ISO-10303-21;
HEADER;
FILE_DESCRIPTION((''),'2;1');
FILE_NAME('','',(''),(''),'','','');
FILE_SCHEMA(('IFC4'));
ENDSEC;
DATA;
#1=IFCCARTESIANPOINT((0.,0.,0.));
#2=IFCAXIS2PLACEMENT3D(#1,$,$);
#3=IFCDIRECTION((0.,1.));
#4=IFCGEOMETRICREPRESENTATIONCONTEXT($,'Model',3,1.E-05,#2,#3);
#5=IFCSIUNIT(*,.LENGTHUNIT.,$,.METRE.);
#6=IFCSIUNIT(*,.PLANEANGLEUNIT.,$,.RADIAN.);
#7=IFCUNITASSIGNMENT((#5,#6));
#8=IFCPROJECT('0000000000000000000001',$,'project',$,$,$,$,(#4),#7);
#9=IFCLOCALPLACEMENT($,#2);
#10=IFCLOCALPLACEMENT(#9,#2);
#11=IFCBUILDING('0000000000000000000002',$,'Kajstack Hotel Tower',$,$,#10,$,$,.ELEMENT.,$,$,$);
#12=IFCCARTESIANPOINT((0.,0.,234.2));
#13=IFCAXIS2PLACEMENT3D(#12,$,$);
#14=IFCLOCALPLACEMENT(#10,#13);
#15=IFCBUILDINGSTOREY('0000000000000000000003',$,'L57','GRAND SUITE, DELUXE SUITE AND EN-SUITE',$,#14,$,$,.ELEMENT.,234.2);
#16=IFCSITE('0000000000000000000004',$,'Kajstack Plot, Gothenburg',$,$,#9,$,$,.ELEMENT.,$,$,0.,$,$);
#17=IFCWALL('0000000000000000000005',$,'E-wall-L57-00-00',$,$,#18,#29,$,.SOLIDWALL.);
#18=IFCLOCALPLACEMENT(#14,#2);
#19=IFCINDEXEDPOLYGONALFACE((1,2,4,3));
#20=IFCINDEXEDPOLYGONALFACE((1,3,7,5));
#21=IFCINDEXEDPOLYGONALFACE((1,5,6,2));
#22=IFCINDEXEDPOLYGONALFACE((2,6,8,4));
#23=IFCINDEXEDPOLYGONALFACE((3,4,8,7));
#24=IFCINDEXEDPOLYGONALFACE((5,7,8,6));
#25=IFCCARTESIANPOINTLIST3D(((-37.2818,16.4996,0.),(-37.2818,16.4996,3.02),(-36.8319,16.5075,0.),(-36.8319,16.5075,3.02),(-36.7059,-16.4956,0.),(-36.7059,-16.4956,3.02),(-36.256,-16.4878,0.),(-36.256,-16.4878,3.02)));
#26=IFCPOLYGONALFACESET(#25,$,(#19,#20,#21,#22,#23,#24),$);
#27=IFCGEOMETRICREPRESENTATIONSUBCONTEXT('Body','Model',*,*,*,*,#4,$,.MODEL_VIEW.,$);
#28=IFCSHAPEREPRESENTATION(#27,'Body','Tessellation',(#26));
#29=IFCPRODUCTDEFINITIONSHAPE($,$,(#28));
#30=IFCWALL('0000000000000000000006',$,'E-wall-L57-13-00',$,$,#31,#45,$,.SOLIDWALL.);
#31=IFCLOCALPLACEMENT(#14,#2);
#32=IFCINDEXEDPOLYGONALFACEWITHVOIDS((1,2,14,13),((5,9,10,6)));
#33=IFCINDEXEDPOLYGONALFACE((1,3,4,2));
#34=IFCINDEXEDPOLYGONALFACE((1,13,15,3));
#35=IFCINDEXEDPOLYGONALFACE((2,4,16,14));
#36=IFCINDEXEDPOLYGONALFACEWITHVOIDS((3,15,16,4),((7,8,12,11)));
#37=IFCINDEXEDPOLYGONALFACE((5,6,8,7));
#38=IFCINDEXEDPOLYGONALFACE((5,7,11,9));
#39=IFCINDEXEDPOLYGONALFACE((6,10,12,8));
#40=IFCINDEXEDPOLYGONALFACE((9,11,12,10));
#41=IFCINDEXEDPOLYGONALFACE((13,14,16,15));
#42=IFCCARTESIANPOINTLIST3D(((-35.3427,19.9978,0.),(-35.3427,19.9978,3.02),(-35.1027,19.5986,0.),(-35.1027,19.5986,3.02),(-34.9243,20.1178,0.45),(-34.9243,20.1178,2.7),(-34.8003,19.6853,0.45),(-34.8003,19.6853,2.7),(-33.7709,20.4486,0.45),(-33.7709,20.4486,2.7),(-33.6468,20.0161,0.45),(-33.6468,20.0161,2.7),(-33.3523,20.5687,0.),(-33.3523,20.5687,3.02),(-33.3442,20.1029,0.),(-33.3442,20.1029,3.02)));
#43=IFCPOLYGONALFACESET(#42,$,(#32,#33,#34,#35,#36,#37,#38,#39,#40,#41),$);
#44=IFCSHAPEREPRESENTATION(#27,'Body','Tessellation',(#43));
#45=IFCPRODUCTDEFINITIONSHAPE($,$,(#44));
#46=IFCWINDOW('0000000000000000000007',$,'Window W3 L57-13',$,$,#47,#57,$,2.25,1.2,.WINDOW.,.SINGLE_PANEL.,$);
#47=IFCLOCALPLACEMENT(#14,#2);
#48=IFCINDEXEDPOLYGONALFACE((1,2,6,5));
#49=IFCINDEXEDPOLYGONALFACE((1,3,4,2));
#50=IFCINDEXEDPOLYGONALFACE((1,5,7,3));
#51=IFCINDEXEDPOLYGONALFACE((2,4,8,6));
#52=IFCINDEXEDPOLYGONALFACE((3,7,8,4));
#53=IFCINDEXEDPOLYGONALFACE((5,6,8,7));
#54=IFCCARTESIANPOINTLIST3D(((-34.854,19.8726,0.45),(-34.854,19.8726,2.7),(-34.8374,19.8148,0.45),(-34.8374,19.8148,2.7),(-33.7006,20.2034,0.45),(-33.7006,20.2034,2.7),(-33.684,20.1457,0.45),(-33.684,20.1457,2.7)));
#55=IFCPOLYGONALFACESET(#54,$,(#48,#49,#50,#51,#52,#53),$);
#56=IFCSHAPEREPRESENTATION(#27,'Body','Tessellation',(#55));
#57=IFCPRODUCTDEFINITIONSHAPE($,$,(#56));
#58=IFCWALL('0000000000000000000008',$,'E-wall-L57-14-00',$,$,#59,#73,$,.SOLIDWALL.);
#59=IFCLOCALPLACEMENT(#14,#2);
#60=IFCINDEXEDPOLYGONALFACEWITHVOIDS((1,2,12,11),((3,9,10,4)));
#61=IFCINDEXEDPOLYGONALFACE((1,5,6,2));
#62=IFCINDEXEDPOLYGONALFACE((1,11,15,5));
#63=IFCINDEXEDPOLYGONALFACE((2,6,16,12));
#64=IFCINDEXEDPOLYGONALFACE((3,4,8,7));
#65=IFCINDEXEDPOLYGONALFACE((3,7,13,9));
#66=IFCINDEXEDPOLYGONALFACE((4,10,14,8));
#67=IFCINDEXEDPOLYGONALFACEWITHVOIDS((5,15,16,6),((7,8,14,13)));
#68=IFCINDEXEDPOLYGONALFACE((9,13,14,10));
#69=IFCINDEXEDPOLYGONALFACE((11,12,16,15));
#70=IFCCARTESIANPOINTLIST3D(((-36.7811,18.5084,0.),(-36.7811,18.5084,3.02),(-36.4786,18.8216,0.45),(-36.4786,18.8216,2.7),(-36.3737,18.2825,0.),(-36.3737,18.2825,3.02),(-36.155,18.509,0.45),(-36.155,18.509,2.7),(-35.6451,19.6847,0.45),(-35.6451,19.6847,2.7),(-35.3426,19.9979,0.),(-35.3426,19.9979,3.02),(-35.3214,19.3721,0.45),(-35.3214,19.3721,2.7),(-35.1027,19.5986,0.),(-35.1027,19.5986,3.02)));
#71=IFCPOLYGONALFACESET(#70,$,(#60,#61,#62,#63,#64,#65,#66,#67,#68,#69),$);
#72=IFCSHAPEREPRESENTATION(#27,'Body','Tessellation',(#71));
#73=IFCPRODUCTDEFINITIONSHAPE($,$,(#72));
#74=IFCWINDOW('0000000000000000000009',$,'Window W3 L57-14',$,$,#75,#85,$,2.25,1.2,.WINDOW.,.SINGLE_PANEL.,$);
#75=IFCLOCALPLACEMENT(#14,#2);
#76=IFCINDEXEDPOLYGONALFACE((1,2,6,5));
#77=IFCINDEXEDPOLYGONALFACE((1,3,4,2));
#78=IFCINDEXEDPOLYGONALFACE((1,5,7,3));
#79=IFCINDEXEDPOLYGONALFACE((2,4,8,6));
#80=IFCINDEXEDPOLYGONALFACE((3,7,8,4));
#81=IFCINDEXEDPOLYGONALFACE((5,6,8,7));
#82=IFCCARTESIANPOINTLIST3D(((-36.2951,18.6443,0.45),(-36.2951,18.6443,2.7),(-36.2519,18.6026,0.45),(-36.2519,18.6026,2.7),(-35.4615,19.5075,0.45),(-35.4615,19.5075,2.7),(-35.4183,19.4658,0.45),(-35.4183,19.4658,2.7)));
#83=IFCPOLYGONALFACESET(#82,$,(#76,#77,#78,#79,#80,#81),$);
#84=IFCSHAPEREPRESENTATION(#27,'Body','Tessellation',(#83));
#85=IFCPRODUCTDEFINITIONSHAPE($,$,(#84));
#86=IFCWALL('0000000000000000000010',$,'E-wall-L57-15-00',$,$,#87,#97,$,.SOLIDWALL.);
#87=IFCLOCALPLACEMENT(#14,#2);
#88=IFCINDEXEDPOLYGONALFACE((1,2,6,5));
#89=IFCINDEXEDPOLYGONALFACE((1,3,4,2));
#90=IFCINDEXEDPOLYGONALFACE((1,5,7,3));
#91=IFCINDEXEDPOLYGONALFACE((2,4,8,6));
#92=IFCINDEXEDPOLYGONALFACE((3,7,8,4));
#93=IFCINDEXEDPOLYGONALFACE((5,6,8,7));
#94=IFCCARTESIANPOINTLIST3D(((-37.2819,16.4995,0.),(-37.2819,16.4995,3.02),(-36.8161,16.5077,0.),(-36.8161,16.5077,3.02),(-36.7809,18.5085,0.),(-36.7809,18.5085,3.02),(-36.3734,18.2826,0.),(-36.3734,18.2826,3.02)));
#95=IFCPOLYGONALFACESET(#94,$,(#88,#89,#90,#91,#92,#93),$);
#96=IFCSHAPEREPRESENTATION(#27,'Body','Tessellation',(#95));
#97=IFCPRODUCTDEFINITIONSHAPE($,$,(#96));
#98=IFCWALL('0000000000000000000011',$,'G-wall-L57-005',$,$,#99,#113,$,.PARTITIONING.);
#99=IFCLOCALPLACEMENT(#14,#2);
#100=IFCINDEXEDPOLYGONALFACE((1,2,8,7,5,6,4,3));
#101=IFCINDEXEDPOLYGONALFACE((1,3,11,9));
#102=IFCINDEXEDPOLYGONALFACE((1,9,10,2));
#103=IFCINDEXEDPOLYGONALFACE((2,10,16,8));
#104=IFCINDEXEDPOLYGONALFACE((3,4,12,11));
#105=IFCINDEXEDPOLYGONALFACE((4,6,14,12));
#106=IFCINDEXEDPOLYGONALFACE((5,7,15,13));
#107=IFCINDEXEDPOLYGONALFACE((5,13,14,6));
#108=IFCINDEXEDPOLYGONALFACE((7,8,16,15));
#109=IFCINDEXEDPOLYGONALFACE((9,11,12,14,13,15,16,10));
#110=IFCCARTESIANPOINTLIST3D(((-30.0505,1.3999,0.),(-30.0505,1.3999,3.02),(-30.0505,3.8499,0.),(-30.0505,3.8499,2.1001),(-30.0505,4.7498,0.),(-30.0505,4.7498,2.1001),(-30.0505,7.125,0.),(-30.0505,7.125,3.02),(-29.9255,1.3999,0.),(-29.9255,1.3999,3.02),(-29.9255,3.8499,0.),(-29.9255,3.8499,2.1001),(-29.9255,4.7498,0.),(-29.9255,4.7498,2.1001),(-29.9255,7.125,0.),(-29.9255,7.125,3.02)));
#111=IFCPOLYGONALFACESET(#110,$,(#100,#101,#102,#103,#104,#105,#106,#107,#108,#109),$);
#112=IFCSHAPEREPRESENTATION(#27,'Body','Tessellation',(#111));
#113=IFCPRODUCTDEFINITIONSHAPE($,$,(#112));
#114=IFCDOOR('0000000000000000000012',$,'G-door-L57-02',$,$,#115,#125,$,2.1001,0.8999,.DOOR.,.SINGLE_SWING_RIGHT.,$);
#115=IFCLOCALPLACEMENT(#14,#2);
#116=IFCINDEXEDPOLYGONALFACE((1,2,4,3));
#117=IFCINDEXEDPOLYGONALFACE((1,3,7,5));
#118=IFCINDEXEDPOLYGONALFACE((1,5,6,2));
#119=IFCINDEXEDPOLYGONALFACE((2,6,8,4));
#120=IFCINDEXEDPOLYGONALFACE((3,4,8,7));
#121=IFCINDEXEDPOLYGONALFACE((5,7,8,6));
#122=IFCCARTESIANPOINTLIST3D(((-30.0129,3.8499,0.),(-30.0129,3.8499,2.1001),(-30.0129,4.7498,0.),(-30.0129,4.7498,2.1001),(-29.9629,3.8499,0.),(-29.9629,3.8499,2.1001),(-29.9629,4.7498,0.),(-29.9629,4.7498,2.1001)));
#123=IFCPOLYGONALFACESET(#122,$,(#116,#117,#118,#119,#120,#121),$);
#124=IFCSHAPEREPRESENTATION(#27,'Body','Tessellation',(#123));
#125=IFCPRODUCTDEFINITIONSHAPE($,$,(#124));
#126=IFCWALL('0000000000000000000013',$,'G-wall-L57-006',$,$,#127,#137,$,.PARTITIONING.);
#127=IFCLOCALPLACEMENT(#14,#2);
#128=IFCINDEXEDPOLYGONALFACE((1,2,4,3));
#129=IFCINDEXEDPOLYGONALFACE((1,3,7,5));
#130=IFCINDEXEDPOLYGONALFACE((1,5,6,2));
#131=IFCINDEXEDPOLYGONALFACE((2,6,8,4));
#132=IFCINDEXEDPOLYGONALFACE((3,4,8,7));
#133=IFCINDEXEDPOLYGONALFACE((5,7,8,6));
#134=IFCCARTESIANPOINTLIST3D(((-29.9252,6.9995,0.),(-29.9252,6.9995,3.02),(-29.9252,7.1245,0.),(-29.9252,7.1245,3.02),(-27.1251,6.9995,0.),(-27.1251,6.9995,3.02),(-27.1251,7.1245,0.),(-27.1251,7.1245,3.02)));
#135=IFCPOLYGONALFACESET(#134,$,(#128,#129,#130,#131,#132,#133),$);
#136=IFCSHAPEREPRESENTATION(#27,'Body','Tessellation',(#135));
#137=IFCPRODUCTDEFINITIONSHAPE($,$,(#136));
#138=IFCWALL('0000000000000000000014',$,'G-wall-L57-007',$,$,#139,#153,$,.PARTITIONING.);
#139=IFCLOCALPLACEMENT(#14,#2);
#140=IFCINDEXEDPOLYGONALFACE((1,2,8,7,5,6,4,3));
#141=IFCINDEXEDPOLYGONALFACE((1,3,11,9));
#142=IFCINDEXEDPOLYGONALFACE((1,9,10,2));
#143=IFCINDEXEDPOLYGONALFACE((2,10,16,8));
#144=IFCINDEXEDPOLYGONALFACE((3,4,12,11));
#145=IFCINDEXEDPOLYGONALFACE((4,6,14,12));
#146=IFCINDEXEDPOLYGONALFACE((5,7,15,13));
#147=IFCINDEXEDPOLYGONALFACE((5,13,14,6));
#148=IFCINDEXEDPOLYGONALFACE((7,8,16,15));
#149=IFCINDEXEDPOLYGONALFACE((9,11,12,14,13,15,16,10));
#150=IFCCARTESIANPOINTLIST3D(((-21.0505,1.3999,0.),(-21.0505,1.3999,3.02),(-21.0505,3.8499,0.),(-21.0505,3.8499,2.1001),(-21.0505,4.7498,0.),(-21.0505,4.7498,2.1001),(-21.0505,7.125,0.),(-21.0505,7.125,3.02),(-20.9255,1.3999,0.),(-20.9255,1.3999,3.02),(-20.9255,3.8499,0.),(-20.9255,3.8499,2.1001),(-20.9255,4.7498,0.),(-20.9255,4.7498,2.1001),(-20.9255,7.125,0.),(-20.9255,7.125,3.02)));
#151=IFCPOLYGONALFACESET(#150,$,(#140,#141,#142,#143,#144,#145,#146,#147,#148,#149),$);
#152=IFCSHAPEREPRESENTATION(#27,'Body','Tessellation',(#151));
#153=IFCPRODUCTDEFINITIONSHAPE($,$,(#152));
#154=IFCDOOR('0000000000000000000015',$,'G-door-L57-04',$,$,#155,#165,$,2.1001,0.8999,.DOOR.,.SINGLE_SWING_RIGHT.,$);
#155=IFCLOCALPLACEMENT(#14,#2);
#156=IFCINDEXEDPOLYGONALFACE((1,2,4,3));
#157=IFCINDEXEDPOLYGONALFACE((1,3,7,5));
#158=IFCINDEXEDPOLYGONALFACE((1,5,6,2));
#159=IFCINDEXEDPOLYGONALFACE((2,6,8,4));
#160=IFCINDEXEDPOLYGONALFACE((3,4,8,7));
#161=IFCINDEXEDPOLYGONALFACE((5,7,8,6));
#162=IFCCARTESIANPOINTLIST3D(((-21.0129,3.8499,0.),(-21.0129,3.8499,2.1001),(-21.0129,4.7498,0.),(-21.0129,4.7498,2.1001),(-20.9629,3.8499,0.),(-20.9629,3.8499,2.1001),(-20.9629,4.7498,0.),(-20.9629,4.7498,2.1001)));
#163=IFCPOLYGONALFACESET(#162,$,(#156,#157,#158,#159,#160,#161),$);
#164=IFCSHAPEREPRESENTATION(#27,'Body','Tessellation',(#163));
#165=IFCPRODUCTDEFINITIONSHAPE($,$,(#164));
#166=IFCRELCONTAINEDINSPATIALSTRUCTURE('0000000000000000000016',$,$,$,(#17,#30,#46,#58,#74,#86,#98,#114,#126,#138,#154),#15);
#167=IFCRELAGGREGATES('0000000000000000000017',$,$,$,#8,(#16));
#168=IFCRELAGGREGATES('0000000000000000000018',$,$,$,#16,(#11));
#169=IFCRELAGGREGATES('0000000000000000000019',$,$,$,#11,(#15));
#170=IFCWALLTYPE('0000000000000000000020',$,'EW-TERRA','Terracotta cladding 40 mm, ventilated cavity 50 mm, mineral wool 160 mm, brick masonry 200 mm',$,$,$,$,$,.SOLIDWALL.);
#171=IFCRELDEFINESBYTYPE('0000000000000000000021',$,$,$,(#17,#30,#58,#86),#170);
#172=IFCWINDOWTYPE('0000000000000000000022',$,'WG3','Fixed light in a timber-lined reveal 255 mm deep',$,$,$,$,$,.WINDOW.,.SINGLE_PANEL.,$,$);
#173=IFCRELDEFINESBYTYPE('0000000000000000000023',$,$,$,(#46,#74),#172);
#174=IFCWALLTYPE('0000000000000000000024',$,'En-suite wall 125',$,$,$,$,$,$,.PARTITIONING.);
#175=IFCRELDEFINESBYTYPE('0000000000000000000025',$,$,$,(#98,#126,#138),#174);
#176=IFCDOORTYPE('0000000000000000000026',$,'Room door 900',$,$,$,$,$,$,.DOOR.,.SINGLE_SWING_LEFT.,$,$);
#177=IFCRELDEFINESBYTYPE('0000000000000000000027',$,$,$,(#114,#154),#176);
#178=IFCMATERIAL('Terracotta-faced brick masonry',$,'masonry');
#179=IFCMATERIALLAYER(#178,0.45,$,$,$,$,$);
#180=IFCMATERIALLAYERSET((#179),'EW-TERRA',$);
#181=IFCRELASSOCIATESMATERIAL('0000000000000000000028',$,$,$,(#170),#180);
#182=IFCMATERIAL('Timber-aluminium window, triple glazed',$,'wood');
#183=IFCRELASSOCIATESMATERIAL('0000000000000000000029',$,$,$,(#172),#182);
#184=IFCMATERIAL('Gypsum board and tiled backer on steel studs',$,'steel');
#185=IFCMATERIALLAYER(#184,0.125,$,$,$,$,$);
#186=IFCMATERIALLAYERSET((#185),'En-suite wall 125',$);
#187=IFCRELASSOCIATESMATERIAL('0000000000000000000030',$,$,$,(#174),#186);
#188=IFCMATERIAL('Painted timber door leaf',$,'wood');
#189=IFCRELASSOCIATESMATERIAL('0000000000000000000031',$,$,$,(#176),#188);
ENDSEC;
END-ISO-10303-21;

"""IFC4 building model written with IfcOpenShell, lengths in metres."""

from ifc_helpers import new_model, si_unit, direction, frame, frame_2d, origin, place, context, subcontext, project, spatial, polyline, rectangle, outline, extrude, material, layer, layer_set, type_object, element, fill, save


model = new_model("IFC4")

# Units and contexts
model_context = context("Model", 3, precision=1e-05, world=origin(), true_north=direction((0.0, 1.0)))
body_context = subcontext(model_context, "Body", "Model", "MODEL_VIEW")
ifc_project = project(units=[si_unit("LENGTHUNIT", "METRE"), si_unit("PLANEANGLEUNIT", "RADIAN")], contexts=[model_context])

# Site, building, storey
site_placement = place(None, origin())
site = spatial("IfcSite", under=ifc_project, at=site_placement, Name="Kajstack Plot, Gothenburg", CompositionType="ELEMENT", RefElevation=0.0)
building_placement = place(site_placement, origin())
building = spatial("IfcBuilding", under=site, at=building_placement, Name="Kajstack Hotel Tower", CompositionType="ELEMENT")
storey_placement = place(building_placement, frame((0.0, 0.0, 234.2)))
storey = spatial("IfcBuildingStorey", under=building, at=storey_placement, Name="L57", Description="GRAND SUITE, DELUXE SUITE AND EN-SUITE", CompositionType="ELEMENT", Elevation=234.2)

# Wall
ifc_material_1 = material(Name="Terracotta-faced brick masonry", Category="masonry")
ifc_layer_1 = layer(ifc_material_1, 0.45)
ifc_layer_set_1 = layer_set([ifc_layer_1], Name="EW-TERRA")
wall_type_1 = type_object("IfcWallType", Name="EW-TERRA", Description="Terracotta cladding 40 mm, ventilated cavity 50 mm, mineral wool 160 mm, brick masonry 200 mm", PredefinedType="SOLIDWALL", material=ifc_layer_set_1)
wall_1_placement = place(storey_placement, frame((-37.0569, 16.5034, 0.0), z_axis=(0.0, 0.0, 1.0), x_axis=(0.017452, -0.999848, 0.0)))
element("IfcWall", 1, at=wall_1_placement, inside=storey, type_object=wall_type_1, Name="E-wall-L57-00-00", PredefinedType="SOLIDWALL", context=body_context, shape_type="SweptSolid", body=[
    extrude(rectangle(XDim=33.0002, YDim=0.45, at=frame_2d((16.5, 0.0))), origin(), (0.0, 0.0, 1.0), 3.02),
])

# Walls, openings, windows
wall_2_placement = place(storey_placement, frame((-33.2903, 20.3523, 0.0), z_axis=(0.0, 0.0, 1.0), x_axis=(-0.961248, -0.275687, 0.0)))
wall_2 = element("IfcWall", 2, at=wall_2_placement, inside=storey, type_object=wall_type_1, Name="E-wall-L57-13-00", PredefinedType="SOLIDWALL", context=body_context, shape_type="SweptSolid", body=[
    extrude(outline(polyline([(0.0, -0.2251), (2.0706, -0.2251), (1.95, 0.2249), (0.1206, 0.2249), (0.0, -0.2251)])), origin(), (0.0, 0.0, 1.0), 3.02),
])
opening_1_placement = place(wall_2_placement, frame((0.4353, 0.0, 0.45)))
opening_1 = element("IfcOpeningElement", 3, at=opening_1_placement, cuts=wall_2, PredefinedType="OPENING", context=body_context, shape_type="SweptSolid", body=[
    extrude(rectangle(XDim=1.2, YDim=2.25, at=frame_2d((0.6001, 1.125))), frame((0.0, 0.2349, 0.0), z_axis=(0.0, -1.0, 0.0), x_axis=(1.0, 0.0, 0.0)), (0.0, 0.0, 1.0), 0.47),
])
ifc_material_2 = material(Name="Timber-aluminium window, triple glazed", Category="wood")
window_type = type_object("IfcWindowType", Name="WG3", Description="Fixed light in a timber-lined reveal 255 mm deep", PartitioningType="SINGLE_PANEL", PredefinedType="WINDOW", material=ifc_material_2)
window_1_placement = place(opening_1_placement, origin())
window_1 = element("IfcWindow", 4, at=window_1_placement, inside=storey, type_object=window_type, Name="Window W3 L57-13", OverallHeight=2.25, OverallWidth=1.2, PartitioningType="SINGLE_PANEL", PredefinedType="WINDOW", context=body_context, shape_type="SweptSolid", body=[
    extrude(rectangle(XDim=1.2, YDim=2.25, at=frame_2d((0.6001, 1.125))), frame((0.0, 0.0901, 0.0), z_axis=(0.0, -1.0, 0.0), x_axis=(1.0, 0.0, 0.0)), (0.0, 0.0, 1.0), 0.0601),
])
fill(opening_1, window_1)
wall_3_placement = place(storey_placement, frame((-35.1807, 19.8416, 0.0), z_axis=(0.0, 0.0, 1.0), x_axis=(-0.694679, -0.71932, 0.0)))
wall_3 = element("IfcWall", 5, at=wall_3_placement, inside=storey, type_object=wall_type_1, Name="E-wall-L57-14-00", PredefinedType="SOLIDWALL", context=body_context, shape_type="SweptSolid", body=[
    extrude(outline(polyline([(0.0, -0.2251), (2.0708, -0.2251), (1.9502, 0.2249), (0.1206, 0.2249), (0.0, -0.2251)])), origin(), (0.0, 0.0, 1.0), 3.02),
])
opening_2_placement = place(wall_3_placement, frame((0.4353, 0.0, 0.45)))
opening_2 = element("IfcOpeningElement", 6, at=opening_2_placement, cuts=wall_3, PredefinedType="OPENING", context=body_context, shape_type="SweptSolid", body=[
    extrude(rectangle(XDim=1.2, YDim=2.25, at=frame_2d((0.6001, 1.125))), frame((0.0, 0.2349, 0.0), z_axis=(0.0, -1.0, 0.0), x_axis=(1.0, 0.0, 0.0)), (0.0, 0.0, 1.0), 0.47),
])
window_2_placement = place(opening_2_placement, origin())
window_2 = element("IfcWindow", 7, at=window_2_placement, inside=storey, type_object=window_type, Name="Window W3 L57-14", OverallHeight=2.25, OverallWidth=1.2, PartitioningType="SINGLE_PANEL", PredefinedType="WINDOW", context=body_context, shape_type="SweptSolid", body=[
    extrude(rectangle(XDim=1.2, YDim=2.25, at=frame_2d((0.6001, 1.125))), frame((0.0, 0.0901, 0.0), z_axis=(0.0, -1.0, 0.0), x_axis=(1.0, 0.0, 0.0)), (0.0, 0.0, 1.0), 0.0601),
])
fill(opening_2, window_2)

# Wall
wall_4_placement = place(storey_placement, frame((-36.5627, 18.4539, 0.0), z_axis=(0.0, 0.0, 1.0), x_axis=(-0.24187, -0.970309, 0.0)))
element("IfcWall", 8, at=wall_4_placement, inside=storey, type_object=wall_type_1, Name="E-wall-L57-15-00", PredefinedType="SOLIDWALL", context=body_context, shape_type="SweptSolid", body=[
    extrude(outline(polyline([(-0.0002, -0.2249), (2.0703, -0.2251), (1.9497, 0.2249), (0.1204, 0.2251), (-0.0002, -0.2249)])), origin(), (0.0, 0.0, 1.0), 3.02),
])

# Wall, opening, door
ifc_material_3 = material(Name="Gypsum board and tiled backer on steel studs", Category="steel")
ifc_layer_2 = layer(ifc_material_3, 0.125)
ifc_layer_set_2 = layer_set([ifc_layer_2], Name="En-suite wall 125")
wall_type_2 = type_object("IfcWallType", Name="En-suite wall 125", PredefinedType="PARTITIONING", material=ifc_layer_set_2)
wall_5_placement = place(storey_placement, frame((-29.988, 1.3999, 0.0), z_axis=(0.0, 0.0, 1.0), x_axis=(0.0, 1.0, 0.0)))
wall_5 = element("IfcWall", 9, at=wall_5_placement, inside=storey, type_object=wall_type_2, Name="G-wall-L57-005", PredefinedType="PARTITIONING", context=body_context, shape_type="SweptSolid", body=[
    extrude(rectangle(XDim=5.7251, YDim=0.125, at=frame_2d((2.8625, 0.0))), origin(), (0.0, 0.0, 1.0), 3.02),
])
opening_3_placement = place(wall_5_placement, frame((2.45, 0.0, 0.0)))
opening_3 = element("IfcOpeningElement", 10, at=opening_3_placement, cuts=wall_5, PredefinedType="OPENING", context=body_context, shape_type="SweptSolid", body=[
    extrude(rectangle(XDim=0.8999, YDim=2.1001, at=frame_2d((0.45, 1.05))), frame((0.0, 0.0725, 0.0), z_axis=(0.0, -1.0, 0.0), x_axis=(1.0, 0.0, 0.0)), (0.0, 0.0, 1.0), 0.145),
])
ifc_material_4 = material(Name="Painted timber door leaf", Category="wood")
door_type = type_object("IfcDoorType", Name="Room door 900", OperationType="SINGLE_SWING_LEFT", PredefinedType="DOOR", material=ifc_material_4)
door_1_placement = place(opening_3_placement, origin())
door_1 = element("IfcDoor", 11, at=door_1_placement, inside=storey, type_object=door_type, Name="G-door-L57-02", OperationType="SINGLE_SWING_RIGHT", OverallHeight=2.1001, OverallWidth=0.8999, PredefinedType="DOOR", context=body_context, shape_type="SweptSolid", body=[
    extrude(rectangle(XDim=0.8999, YDim=2.1001, at=frame_2d((0.45, 1.05))), frame((0.0, 0.0249, 0.0), z_axis=(0.0, -1.0, 0.0), x_axis=(1.0, 0.0, 0.0)), (0.0, 0.0, 1.0), 0.05),
])
fill(opening_3, door_1)

# Wall
wall_6_placement = place(storey_placement, frame((-29.925, 7.062, 0.0), z_axis=(0.0, 0.0, 1.0), x_axis=(1.0, 0.0, 0.0)))
element("IfcWall", 12, at=wall_6_placement, inside=storey, type_object=wall_type_2, Name="G-wall-L57-006", PredefinedType="PARTITIONING", context=body_context, shape_type="SweptSolid", body=[
    extrude(rectangle(XDim=2.8, YDim=0.125, at=frame_2d((1.3999, 0.0))), origin(), (0.0, 0.0, 1.0), 3.02),
])

# Wall, opening, door
wall_7_placement = place(storey_placement, frame((-20.988, 1.3999, 0.0), z_axis=(0.0, 0.0, 1.0), x_axis=(0.0, 1.0, 0.0)))
wall_7 = element("IfcWall", 13, at=wall_7_placement, inside=storey, type_object=wall_type_2, Name="G-wall-L57-007", PredefinedType="PARTITIONING", context=body_context, shape_type="SweptSolid", body=[
    extrude(rectangle(XDim=5.7251, YDim=0.125, at=frame_2d((2.8625, 0.0))), origin(), (0.0, 0.0, 1.0), 3.02),
])
opening_4_placement = place(wall_7_placement, frame((2.45, 0.0, 0.0)))
opening_4 = element("IfcOpeningElement", 14, at=opening_4_placement, cuts=wall_7, PredefinedType="OPENING", context=body_context, shape_type="SweptSolid", body=[
    extrude(rectangle(XDim=0.8999, YDim=2.1001, at=frame_2d((0.45, 1.05))), frame((0.0, 0.0725, 0.0), z_axis=(0.0, -1.0, 0.0), x_axis=(1.0, 0.0, 0.0)), (0.0, 0.0, 1.0), 0.145),
])
door_2_placement = place(opening_4_placement, origin())
door_2 = element("IfcDoor", 15, at=door_2_placement, inside=storey, type_object=door_type, Name="G-door-L57-04", OperationType="SINGLE_SWING_RIGHT", OverallHeight=2.1001, OverallWidth=0.8999, PredefinedType="DOOR", context=body_context, shape_type="SweptSolid", body=[
    extrude(rectangle(XDim=0.8999, YDim=2.1001, at=frame_2d((0.45, 1.05))), frame((0.0, 0.0249, 0.0), z_axis=(0.0, -1.0, 0.0), x_axis=(1.0, 0.0, 0.0)), (0.0, 0.0, 1.0), 0.05),
])
fill(opening_4, door_2)

save(model, "model.ifc")
